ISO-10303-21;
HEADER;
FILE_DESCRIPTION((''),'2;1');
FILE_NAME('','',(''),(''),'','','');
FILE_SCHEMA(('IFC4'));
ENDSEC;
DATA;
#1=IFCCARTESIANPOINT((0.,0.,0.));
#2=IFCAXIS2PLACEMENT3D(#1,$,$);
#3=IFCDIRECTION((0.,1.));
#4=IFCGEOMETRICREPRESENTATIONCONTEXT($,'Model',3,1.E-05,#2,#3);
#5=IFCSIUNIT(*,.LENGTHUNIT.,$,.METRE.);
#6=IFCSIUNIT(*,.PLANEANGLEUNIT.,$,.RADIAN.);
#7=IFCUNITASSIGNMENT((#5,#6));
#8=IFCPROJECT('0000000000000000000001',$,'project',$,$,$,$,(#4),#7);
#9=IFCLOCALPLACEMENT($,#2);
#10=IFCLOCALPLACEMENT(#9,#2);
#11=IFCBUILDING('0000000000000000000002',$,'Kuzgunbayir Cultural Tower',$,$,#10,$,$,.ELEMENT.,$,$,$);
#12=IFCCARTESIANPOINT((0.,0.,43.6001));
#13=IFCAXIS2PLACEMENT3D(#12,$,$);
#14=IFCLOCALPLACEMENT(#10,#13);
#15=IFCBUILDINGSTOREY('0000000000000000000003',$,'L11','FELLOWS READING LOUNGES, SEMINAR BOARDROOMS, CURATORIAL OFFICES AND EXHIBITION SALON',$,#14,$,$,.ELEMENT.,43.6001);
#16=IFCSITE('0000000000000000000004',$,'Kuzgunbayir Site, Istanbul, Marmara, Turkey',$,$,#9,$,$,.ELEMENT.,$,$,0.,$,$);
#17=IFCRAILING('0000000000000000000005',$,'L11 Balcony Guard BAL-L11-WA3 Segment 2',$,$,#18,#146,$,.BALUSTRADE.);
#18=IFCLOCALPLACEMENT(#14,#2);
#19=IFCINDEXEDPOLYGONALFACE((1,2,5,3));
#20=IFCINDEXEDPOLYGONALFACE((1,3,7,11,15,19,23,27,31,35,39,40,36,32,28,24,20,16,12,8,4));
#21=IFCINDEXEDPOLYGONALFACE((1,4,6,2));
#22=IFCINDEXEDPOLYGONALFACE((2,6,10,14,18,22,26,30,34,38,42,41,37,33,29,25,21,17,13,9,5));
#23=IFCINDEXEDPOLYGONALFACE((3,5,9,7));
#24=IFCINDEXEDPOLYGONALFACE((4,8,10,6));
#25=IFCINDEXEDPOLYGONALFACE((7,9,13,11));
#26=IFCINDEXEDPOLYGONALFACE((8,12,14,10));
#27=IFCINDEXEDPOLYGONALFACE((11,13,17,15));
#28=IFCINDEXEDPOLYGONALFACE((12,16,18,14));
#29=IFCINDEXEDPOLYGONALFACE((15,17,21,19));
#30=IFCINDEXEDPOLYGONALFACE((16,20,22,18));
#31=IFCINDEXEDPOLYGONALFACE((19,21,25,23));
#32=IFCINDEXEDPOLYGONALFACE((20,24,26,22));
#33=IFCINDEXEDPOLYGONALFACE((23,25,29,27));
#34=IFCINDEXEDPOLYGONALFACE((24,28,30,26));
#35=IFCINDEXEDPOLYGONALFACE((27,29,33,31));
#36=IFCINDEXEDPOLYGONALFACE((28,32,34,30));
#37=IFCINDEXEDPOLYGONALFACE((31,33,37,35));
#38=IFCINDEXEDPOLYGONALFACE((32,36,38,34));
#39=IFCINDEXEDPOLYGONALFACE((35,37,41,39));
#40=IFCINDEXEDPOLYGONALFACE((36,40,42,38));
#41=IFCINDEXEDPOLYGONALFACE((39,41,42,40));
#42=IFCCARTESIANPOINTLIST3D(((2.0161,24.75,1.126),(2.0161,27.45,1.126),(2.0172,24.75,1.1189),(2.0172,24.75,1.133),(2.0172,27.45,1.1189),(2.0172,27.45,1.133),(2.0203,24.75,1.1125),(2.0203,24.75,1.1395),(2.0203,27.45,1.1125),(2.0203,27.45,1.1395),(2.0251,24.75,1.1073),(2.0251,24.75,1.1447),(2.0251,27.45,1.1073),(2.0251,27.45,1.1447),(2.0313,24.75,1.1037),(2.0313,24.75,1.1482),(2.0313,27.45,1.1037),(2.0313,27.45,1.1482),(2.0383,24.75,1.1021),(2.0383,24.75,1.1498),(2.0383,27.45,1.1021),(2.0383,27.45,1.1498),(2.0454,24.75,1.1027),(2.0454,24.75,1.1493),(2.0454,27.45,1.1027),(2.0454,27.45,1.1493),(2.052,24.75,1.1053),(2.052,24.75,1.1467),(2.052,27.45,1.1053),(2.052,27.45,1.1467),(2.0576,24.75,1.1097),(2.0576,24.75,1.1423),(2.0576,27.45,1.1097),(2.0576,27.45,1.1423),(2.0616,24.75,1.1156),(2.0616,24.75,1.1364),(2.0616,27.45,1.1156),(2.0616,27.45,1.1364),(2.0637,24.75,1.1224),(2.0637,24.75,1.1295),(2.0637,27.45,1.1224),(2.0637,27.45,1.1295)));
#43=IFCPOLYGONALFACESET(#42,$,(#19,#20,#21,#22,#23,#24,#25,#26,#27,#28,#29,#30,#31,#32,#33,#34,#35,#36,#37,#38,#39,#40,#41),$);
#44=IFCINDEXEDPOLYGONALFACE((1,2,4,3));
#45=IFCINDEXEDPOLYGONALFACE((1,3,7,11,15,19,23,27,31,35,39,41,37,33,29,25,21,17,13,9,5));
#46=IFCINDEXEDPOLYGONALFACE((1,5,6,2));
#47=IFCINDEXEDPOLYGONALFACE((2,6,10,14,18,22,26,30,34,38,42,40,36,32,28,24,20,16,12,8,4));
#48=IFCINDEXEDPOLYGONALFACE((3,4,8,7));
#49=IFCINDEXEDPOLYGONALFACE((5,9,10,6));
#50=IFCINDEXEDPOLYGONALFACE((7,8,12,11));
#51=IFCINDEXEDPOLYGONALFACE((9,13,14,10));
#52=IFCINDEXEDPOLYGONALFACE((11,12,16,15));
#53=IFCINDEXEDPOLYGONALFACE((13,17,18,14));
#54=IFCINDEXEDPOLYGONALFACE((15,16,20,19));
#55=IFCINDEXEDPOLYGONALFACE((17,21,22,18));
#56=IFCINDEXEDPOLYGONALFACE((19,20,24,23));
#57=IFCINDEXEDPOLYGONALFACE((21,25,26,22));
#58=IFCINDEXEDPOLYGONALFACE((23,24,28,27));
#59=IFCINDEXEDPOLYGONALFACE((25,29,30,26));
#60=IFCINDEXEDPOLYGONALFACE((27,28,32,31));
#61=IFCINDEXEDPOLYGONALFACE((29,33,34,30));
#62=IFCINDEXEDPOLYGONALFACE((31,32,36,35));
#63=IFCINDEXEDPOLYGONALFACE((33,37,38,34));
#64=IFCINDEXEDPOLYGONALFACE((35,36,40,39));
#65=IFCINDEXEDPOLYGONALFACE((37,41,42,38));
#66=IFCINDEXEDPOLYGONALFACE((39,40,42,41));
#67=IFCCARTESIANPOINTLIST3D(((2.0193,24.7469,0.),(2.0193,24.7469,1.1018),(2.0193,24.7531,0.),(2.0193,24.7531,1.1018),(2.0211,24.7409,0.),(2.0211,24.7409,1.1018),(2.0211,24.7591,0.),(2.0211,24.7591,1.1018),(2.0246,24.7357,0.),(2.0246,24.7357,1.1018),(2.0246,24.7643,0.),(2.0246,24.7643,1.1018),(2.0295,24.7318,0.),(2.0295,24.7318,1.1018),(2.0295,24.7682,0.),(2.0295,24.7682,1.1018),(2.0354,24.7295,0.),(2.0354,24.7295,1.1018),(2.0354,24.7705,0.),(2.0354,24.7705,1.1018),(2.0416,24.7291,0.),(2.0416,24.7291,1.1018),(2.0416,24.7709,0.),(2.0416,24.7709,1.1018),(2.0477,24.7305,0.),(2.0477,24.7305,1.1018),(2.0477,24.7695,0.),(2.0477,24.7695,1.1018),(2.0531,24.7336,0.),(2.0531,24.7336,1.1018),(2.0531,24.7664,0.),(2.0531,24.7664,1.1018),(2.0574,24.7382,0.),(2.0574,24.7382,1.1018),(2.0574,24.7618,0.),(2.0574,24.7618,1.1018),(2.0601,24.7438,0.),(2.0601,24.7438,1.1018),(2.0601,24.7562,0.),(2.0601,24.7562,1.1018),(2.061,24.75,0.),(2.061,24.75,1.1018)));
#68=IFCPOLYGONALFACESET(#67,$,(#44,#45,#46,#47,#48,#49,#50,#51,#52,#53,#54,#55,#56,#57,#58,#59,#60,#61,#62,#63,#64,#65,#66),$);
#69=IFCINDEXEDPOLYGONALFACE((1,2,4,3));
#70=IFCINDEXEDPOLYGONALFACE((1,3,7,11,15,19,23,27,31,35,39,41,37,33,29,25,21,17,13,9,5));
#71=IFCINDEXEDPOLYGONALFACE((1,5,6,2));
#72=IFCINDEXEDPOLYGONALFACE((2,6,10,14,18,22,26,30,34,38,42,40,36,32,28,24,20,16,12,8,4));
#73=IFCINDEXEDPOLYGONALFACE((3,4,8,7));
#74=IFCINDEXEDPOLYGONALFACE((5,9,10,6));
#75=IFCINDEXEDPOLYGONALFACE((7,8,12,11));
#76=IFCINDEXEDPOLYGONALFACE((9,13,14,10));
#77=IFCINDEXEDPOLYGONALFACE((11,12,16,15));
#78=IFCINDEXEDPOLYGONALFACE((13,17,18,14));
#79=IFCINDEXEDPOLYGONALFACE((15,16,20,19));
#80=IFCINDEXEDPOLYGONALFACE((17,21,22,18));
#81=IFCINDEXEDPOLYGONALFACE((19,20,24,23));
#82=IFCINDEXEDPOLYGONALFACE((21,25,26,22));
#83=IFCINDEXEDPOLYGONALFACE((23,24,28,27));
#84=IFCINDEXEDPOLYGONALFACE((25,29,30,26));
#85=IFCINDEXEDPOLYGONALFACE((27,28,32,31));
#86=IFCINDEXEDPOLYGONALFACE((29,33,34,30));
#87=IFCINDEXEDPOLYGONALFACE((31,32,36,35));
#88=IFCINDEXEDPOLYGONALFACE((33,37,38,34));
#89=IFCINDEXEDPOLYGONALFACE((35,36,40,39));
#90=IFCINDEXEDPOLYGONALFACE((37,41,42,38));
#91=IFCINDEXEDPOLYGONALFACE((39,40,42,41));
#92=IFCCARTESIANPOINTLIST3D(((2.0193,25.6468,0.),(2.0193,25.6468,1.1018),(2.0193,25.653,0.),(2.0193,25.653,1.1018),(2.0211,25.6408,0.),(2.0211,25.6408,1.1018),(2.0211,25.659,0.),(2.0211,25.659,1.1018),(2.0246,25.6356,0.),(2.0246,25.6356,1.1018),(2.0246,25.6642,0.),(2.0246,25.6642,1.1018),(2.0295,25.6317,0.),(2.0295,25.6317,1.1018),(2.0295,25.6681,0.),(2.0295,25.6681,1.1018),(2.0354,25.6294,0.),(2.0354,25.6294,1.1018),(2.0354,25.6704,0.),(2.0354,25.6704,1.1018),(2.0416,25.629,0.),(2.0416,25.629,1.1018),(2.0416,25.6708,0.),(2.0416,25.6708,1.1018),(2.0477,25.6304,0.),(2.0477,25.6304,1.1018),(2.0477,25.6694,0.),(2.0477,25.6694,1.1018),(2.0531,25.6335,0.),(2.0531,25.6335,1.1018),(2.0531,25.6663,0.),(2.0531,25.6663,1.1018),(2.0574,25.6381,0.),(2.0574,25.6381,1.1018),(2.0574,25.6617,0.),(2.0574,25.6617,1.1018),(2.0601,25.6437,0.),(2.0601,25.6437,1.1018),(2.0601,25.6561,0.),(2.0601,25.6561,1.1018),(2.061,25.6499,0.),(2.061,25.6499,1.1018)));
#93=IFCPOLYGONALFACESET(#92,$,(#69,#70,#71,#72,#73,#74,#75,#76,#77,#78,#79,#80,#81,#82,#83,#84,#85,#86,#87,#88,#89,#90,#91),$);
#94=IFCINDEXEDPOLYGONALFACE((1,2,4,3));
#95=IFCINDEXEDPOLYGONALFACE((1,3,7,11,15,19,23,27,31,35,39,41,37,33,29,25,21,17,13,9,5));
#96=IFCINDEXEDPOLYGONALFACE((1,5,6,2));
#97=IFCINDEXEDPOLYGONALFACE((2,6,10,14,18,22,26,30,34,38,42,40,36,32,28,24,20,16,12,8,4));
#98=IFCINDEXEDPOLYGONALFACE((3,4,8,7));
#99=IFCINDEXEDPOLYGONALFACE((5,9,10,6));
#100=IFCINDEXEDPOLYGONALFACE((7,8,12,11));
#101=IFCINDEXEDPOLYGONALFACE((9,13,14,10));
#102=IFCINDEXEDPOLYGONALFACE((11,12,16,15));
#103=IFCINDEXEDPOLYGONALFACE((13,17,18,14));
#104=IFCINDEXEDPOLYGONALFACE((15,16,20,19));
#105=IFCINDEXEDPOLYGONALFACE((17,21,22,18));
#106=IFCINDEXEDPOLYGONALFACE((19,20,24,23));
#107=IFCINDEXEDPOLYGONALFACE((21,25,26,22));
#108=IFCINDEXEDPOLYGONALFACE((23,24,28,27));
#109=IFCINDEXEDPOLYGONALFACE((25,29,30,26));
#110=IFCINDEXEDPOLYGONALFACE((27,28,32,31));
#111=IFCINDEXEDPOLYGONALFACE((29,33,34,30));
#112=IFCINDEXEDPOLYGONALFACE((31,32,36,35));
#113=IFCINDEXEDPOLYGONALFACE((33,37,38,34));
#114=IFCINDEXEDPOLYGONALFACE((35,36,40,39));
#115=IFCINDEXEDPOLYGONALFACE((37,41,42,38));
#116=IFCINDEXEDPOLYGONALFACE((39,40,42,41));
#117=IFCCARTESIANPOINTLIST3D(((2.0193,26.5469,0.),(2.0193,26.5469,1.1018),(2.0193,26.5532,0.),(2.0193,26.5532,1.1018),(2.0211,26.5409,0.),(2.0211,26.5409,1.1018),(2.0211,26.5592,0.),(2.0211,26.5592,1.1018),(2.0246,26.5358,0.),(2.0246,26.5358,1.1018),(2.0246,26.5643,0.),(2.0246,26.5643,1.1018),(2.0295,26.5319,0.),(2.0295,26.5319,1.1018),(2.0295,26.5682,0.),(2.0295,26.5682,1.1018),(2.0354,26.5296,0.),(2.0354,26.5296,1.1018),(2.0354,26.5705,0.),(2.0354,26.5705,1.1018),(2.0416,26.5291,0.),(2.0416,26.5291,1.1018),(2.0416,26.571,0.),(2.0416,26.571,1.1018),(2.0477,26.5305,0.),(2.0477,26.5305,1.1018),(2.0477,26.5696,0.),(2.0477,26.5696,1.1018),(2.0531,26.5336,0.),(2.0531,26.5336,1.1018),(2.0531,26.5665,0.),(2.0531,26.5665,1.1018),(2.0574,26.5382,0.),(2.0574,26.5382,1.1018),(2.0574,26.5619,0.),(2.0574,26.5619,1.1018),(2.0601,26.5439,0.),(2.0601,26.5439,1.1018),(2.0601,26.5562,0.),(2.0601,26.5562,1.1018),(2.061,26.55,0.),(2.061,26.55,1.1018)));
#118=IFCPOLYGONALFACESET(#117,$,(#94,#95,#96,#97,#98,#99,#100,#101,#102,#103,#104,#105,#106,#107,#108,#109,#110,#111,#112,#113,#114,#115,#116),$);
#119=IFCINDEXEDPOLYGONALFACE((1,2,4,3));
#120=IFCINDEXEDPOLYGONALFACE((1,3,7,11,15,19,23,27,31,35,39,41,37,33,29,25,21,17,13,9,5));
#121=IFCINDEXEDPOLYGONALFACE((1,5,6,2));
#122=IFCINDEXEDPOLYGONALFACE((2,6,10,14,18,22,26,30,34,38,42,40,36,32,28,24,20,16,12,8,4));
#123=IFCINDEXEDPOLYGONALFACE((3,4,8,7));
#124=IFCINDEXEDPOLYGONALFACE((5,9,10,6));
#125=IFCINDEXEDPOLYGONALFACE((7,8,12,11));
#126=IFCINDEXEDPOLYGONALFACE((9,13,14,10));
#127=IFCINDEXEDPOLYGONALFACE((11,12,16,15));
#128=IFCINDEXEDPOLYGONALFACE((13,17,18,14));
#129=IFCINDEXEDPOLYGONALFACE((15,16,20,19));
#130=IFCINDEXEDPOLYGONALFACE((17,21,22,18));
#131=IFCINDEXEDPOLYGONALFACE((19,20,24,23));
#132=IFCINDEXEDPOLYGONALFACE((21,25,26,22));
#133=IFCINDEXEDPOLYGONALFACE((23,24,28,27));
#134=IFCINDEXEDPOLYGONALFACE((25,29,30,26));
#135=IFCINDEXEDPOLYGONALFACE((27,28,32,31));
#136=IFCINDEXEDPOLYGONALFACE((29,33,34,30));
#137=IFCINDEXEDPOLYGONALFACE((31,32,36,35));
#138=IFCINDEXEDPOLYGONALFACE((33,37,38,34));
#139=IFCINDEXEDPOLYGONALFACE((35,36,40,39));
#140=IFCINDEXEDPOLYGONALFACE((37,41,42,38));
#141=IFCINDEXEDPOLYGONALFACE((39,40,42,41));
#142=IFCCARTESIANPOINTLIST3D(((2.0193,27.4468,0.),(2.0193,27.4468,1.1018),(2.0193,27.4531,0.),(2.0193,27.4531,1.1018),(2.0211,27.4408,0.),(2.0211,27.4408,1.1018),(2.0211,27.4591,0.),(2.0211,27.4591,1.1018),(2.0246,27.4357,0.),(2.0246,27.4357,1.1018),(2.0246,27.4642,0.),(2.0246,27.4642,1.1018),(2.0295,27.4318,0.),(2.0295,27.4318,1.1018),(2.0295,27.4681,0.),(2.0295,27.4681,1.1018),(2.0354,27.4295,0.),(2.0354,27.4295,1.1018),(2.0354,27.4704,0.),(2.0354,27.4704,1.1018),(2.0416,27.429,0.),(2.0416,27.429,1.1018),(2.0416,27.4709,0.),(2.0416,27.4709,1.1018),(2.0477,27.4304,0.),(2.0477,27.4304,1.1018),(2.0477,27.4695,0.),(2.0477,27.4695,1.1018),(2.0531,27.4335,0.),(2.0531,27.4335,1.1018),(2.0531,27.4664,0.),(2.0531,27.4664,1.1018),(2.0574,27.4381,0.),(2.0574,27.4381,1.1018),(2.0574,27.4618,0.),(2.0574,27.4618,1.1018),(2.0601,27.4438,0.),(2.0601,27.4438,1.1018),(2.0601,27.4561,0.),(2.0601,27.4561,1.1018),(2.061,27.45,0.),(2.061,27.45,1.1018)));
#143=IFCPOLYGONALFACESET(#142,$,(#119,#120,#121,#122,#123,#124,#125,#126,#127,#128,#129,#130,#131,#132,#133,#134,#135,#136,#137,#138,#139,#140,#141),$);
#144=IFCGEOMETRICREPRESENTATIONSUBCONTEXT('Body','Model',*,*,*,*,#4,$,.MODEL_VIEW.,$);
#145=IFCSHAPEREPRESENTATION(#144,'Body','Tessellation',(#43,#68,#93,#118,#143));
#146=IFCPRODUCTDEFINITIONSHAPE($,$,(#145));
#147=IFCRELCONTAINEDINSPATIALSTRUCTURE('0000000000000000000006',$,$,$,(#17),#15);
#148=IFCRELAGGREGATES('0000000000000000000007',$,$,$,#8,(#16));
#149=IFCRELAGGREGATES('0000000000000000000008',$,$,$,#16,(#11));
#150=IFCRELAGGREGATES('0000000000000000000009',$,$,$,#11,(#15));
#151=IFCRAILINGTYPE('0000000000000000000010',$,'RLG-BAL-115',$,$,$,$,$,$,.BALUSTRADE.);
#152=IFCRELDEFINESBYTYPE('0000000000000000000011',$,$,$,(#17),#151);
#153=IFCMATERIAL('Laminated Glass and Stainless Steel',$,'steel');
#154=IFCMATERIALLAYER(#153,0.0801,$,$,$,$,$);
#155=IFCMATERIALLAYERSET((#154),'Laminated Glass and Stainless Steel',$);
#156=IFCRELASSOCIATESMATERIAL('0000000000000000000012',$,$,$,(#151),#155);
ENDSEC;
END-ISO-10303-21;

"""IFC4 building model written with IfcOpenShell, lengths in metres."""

from ifc_helpers import new_model, si_unit, direction, frame, origin, origin_2d, place, context, subcontext, project, spatial, circle, extrude, material, layer, layer_set, type_object, element, save


model = new_model("IFC4")

# Units and contexts
model_context = context("Model", 3, precision=1e-05, world=origin(), true_north=direction((0.0, 1.0)))
body_context = subcontext(model_context, "Body", "Model", "MODEL_VIEW")
ifc_project = project(units=[si_unit("LENGTHUNIT", "METRE"), si_unit("PLANEANGLEUNIT", "RADIAN")], contexts=[model_context])

# Site, building, storey
site_placement = place(None, origin())
site = spatial("IfcSite", under=ifc_project, at=site_placement, Name="Kuzgunbayir Site, Istanbul, Marmara, Turkey", CompositionType="ELEMENT", RefElevation=0.0)
building_placement = place(site_placement, origin())
building = spatial("IfcBuilding", under=site, at=building_placement, Name="Kuzgunbayir Cultural Tower", CompositionType="ELEMENT")
storey_placement = place(building_placement, frame((0.0, 0.0, 43.6001)))
storey = spatial("IfcBuildingStorey", under=building, at=storey_placement, Name="L11", Description="FELLOWS READING LOUNGES, SEMINAR BOARDROOMS, CURATORIAL OFFICES AND EXHIBITION SALON", CompositionType="ELEMENT", Elevation=43.6001)

# Railing
ifc_material_1 = material(Name="Laminated Glass and Stainless Steel", Category="steel")
ifc_layer_1 = layer(ifc_material_1, 0.0801)
ifc_layer_set_1 = layer_set([ifc_layer_1], Name="Laminated Glass and Stainless Steel")
railing_type = type_object("IfcRailingType", Name="RLG-BAL-115", PredefinedType="BALUSTRADE", material=ifc_layer_set_1)
railing_1_placement = place(storey_placement, frame((2.04, 24.75, 0.0)))
element("IfcRailing", 1, at=railing_1_placement, inside=storey, type_object=railing_type, Name="L11 Balcony Guard BAL-L11-WA3 Segment 2", PredefinedType="BALUSTRADE", context=body_context, shape_type="SweptSolid", body=[
    extrude(circle(Radius=0.0239, at=origin_2d()), frame((0.0, 0.0, 1.126), z_axis=(0.0, 1.0, 0.0), x_axis=(-1.0, 0.0, 0.0)), (0.0, 0.0, 1.0), 2.7),
    extrude(circle(Radius=0.021, at=origin_2d()), origin(), (0.0, 0.0, 1.0), 1.1018),
    extrude(circle(Radius=0.021, at=origin_2d()), frame((0.0, 0.8999, 0.0)), (0.0, 0.0, 1.0), 1.1018),
    extrude(circle(Radius=0.021, at=origin_2d()), frame((0.0, 1.8, 0.0)), (0.0, 0.0, 1.0), 1.1018),
    extrude(circle(Radius=0.021, at=origin_2d()), frame((0.0, 2.7, 0.0)), (0.0, 0.0, 1.0), 1.1018),
])

save(model, "model.ifc")
